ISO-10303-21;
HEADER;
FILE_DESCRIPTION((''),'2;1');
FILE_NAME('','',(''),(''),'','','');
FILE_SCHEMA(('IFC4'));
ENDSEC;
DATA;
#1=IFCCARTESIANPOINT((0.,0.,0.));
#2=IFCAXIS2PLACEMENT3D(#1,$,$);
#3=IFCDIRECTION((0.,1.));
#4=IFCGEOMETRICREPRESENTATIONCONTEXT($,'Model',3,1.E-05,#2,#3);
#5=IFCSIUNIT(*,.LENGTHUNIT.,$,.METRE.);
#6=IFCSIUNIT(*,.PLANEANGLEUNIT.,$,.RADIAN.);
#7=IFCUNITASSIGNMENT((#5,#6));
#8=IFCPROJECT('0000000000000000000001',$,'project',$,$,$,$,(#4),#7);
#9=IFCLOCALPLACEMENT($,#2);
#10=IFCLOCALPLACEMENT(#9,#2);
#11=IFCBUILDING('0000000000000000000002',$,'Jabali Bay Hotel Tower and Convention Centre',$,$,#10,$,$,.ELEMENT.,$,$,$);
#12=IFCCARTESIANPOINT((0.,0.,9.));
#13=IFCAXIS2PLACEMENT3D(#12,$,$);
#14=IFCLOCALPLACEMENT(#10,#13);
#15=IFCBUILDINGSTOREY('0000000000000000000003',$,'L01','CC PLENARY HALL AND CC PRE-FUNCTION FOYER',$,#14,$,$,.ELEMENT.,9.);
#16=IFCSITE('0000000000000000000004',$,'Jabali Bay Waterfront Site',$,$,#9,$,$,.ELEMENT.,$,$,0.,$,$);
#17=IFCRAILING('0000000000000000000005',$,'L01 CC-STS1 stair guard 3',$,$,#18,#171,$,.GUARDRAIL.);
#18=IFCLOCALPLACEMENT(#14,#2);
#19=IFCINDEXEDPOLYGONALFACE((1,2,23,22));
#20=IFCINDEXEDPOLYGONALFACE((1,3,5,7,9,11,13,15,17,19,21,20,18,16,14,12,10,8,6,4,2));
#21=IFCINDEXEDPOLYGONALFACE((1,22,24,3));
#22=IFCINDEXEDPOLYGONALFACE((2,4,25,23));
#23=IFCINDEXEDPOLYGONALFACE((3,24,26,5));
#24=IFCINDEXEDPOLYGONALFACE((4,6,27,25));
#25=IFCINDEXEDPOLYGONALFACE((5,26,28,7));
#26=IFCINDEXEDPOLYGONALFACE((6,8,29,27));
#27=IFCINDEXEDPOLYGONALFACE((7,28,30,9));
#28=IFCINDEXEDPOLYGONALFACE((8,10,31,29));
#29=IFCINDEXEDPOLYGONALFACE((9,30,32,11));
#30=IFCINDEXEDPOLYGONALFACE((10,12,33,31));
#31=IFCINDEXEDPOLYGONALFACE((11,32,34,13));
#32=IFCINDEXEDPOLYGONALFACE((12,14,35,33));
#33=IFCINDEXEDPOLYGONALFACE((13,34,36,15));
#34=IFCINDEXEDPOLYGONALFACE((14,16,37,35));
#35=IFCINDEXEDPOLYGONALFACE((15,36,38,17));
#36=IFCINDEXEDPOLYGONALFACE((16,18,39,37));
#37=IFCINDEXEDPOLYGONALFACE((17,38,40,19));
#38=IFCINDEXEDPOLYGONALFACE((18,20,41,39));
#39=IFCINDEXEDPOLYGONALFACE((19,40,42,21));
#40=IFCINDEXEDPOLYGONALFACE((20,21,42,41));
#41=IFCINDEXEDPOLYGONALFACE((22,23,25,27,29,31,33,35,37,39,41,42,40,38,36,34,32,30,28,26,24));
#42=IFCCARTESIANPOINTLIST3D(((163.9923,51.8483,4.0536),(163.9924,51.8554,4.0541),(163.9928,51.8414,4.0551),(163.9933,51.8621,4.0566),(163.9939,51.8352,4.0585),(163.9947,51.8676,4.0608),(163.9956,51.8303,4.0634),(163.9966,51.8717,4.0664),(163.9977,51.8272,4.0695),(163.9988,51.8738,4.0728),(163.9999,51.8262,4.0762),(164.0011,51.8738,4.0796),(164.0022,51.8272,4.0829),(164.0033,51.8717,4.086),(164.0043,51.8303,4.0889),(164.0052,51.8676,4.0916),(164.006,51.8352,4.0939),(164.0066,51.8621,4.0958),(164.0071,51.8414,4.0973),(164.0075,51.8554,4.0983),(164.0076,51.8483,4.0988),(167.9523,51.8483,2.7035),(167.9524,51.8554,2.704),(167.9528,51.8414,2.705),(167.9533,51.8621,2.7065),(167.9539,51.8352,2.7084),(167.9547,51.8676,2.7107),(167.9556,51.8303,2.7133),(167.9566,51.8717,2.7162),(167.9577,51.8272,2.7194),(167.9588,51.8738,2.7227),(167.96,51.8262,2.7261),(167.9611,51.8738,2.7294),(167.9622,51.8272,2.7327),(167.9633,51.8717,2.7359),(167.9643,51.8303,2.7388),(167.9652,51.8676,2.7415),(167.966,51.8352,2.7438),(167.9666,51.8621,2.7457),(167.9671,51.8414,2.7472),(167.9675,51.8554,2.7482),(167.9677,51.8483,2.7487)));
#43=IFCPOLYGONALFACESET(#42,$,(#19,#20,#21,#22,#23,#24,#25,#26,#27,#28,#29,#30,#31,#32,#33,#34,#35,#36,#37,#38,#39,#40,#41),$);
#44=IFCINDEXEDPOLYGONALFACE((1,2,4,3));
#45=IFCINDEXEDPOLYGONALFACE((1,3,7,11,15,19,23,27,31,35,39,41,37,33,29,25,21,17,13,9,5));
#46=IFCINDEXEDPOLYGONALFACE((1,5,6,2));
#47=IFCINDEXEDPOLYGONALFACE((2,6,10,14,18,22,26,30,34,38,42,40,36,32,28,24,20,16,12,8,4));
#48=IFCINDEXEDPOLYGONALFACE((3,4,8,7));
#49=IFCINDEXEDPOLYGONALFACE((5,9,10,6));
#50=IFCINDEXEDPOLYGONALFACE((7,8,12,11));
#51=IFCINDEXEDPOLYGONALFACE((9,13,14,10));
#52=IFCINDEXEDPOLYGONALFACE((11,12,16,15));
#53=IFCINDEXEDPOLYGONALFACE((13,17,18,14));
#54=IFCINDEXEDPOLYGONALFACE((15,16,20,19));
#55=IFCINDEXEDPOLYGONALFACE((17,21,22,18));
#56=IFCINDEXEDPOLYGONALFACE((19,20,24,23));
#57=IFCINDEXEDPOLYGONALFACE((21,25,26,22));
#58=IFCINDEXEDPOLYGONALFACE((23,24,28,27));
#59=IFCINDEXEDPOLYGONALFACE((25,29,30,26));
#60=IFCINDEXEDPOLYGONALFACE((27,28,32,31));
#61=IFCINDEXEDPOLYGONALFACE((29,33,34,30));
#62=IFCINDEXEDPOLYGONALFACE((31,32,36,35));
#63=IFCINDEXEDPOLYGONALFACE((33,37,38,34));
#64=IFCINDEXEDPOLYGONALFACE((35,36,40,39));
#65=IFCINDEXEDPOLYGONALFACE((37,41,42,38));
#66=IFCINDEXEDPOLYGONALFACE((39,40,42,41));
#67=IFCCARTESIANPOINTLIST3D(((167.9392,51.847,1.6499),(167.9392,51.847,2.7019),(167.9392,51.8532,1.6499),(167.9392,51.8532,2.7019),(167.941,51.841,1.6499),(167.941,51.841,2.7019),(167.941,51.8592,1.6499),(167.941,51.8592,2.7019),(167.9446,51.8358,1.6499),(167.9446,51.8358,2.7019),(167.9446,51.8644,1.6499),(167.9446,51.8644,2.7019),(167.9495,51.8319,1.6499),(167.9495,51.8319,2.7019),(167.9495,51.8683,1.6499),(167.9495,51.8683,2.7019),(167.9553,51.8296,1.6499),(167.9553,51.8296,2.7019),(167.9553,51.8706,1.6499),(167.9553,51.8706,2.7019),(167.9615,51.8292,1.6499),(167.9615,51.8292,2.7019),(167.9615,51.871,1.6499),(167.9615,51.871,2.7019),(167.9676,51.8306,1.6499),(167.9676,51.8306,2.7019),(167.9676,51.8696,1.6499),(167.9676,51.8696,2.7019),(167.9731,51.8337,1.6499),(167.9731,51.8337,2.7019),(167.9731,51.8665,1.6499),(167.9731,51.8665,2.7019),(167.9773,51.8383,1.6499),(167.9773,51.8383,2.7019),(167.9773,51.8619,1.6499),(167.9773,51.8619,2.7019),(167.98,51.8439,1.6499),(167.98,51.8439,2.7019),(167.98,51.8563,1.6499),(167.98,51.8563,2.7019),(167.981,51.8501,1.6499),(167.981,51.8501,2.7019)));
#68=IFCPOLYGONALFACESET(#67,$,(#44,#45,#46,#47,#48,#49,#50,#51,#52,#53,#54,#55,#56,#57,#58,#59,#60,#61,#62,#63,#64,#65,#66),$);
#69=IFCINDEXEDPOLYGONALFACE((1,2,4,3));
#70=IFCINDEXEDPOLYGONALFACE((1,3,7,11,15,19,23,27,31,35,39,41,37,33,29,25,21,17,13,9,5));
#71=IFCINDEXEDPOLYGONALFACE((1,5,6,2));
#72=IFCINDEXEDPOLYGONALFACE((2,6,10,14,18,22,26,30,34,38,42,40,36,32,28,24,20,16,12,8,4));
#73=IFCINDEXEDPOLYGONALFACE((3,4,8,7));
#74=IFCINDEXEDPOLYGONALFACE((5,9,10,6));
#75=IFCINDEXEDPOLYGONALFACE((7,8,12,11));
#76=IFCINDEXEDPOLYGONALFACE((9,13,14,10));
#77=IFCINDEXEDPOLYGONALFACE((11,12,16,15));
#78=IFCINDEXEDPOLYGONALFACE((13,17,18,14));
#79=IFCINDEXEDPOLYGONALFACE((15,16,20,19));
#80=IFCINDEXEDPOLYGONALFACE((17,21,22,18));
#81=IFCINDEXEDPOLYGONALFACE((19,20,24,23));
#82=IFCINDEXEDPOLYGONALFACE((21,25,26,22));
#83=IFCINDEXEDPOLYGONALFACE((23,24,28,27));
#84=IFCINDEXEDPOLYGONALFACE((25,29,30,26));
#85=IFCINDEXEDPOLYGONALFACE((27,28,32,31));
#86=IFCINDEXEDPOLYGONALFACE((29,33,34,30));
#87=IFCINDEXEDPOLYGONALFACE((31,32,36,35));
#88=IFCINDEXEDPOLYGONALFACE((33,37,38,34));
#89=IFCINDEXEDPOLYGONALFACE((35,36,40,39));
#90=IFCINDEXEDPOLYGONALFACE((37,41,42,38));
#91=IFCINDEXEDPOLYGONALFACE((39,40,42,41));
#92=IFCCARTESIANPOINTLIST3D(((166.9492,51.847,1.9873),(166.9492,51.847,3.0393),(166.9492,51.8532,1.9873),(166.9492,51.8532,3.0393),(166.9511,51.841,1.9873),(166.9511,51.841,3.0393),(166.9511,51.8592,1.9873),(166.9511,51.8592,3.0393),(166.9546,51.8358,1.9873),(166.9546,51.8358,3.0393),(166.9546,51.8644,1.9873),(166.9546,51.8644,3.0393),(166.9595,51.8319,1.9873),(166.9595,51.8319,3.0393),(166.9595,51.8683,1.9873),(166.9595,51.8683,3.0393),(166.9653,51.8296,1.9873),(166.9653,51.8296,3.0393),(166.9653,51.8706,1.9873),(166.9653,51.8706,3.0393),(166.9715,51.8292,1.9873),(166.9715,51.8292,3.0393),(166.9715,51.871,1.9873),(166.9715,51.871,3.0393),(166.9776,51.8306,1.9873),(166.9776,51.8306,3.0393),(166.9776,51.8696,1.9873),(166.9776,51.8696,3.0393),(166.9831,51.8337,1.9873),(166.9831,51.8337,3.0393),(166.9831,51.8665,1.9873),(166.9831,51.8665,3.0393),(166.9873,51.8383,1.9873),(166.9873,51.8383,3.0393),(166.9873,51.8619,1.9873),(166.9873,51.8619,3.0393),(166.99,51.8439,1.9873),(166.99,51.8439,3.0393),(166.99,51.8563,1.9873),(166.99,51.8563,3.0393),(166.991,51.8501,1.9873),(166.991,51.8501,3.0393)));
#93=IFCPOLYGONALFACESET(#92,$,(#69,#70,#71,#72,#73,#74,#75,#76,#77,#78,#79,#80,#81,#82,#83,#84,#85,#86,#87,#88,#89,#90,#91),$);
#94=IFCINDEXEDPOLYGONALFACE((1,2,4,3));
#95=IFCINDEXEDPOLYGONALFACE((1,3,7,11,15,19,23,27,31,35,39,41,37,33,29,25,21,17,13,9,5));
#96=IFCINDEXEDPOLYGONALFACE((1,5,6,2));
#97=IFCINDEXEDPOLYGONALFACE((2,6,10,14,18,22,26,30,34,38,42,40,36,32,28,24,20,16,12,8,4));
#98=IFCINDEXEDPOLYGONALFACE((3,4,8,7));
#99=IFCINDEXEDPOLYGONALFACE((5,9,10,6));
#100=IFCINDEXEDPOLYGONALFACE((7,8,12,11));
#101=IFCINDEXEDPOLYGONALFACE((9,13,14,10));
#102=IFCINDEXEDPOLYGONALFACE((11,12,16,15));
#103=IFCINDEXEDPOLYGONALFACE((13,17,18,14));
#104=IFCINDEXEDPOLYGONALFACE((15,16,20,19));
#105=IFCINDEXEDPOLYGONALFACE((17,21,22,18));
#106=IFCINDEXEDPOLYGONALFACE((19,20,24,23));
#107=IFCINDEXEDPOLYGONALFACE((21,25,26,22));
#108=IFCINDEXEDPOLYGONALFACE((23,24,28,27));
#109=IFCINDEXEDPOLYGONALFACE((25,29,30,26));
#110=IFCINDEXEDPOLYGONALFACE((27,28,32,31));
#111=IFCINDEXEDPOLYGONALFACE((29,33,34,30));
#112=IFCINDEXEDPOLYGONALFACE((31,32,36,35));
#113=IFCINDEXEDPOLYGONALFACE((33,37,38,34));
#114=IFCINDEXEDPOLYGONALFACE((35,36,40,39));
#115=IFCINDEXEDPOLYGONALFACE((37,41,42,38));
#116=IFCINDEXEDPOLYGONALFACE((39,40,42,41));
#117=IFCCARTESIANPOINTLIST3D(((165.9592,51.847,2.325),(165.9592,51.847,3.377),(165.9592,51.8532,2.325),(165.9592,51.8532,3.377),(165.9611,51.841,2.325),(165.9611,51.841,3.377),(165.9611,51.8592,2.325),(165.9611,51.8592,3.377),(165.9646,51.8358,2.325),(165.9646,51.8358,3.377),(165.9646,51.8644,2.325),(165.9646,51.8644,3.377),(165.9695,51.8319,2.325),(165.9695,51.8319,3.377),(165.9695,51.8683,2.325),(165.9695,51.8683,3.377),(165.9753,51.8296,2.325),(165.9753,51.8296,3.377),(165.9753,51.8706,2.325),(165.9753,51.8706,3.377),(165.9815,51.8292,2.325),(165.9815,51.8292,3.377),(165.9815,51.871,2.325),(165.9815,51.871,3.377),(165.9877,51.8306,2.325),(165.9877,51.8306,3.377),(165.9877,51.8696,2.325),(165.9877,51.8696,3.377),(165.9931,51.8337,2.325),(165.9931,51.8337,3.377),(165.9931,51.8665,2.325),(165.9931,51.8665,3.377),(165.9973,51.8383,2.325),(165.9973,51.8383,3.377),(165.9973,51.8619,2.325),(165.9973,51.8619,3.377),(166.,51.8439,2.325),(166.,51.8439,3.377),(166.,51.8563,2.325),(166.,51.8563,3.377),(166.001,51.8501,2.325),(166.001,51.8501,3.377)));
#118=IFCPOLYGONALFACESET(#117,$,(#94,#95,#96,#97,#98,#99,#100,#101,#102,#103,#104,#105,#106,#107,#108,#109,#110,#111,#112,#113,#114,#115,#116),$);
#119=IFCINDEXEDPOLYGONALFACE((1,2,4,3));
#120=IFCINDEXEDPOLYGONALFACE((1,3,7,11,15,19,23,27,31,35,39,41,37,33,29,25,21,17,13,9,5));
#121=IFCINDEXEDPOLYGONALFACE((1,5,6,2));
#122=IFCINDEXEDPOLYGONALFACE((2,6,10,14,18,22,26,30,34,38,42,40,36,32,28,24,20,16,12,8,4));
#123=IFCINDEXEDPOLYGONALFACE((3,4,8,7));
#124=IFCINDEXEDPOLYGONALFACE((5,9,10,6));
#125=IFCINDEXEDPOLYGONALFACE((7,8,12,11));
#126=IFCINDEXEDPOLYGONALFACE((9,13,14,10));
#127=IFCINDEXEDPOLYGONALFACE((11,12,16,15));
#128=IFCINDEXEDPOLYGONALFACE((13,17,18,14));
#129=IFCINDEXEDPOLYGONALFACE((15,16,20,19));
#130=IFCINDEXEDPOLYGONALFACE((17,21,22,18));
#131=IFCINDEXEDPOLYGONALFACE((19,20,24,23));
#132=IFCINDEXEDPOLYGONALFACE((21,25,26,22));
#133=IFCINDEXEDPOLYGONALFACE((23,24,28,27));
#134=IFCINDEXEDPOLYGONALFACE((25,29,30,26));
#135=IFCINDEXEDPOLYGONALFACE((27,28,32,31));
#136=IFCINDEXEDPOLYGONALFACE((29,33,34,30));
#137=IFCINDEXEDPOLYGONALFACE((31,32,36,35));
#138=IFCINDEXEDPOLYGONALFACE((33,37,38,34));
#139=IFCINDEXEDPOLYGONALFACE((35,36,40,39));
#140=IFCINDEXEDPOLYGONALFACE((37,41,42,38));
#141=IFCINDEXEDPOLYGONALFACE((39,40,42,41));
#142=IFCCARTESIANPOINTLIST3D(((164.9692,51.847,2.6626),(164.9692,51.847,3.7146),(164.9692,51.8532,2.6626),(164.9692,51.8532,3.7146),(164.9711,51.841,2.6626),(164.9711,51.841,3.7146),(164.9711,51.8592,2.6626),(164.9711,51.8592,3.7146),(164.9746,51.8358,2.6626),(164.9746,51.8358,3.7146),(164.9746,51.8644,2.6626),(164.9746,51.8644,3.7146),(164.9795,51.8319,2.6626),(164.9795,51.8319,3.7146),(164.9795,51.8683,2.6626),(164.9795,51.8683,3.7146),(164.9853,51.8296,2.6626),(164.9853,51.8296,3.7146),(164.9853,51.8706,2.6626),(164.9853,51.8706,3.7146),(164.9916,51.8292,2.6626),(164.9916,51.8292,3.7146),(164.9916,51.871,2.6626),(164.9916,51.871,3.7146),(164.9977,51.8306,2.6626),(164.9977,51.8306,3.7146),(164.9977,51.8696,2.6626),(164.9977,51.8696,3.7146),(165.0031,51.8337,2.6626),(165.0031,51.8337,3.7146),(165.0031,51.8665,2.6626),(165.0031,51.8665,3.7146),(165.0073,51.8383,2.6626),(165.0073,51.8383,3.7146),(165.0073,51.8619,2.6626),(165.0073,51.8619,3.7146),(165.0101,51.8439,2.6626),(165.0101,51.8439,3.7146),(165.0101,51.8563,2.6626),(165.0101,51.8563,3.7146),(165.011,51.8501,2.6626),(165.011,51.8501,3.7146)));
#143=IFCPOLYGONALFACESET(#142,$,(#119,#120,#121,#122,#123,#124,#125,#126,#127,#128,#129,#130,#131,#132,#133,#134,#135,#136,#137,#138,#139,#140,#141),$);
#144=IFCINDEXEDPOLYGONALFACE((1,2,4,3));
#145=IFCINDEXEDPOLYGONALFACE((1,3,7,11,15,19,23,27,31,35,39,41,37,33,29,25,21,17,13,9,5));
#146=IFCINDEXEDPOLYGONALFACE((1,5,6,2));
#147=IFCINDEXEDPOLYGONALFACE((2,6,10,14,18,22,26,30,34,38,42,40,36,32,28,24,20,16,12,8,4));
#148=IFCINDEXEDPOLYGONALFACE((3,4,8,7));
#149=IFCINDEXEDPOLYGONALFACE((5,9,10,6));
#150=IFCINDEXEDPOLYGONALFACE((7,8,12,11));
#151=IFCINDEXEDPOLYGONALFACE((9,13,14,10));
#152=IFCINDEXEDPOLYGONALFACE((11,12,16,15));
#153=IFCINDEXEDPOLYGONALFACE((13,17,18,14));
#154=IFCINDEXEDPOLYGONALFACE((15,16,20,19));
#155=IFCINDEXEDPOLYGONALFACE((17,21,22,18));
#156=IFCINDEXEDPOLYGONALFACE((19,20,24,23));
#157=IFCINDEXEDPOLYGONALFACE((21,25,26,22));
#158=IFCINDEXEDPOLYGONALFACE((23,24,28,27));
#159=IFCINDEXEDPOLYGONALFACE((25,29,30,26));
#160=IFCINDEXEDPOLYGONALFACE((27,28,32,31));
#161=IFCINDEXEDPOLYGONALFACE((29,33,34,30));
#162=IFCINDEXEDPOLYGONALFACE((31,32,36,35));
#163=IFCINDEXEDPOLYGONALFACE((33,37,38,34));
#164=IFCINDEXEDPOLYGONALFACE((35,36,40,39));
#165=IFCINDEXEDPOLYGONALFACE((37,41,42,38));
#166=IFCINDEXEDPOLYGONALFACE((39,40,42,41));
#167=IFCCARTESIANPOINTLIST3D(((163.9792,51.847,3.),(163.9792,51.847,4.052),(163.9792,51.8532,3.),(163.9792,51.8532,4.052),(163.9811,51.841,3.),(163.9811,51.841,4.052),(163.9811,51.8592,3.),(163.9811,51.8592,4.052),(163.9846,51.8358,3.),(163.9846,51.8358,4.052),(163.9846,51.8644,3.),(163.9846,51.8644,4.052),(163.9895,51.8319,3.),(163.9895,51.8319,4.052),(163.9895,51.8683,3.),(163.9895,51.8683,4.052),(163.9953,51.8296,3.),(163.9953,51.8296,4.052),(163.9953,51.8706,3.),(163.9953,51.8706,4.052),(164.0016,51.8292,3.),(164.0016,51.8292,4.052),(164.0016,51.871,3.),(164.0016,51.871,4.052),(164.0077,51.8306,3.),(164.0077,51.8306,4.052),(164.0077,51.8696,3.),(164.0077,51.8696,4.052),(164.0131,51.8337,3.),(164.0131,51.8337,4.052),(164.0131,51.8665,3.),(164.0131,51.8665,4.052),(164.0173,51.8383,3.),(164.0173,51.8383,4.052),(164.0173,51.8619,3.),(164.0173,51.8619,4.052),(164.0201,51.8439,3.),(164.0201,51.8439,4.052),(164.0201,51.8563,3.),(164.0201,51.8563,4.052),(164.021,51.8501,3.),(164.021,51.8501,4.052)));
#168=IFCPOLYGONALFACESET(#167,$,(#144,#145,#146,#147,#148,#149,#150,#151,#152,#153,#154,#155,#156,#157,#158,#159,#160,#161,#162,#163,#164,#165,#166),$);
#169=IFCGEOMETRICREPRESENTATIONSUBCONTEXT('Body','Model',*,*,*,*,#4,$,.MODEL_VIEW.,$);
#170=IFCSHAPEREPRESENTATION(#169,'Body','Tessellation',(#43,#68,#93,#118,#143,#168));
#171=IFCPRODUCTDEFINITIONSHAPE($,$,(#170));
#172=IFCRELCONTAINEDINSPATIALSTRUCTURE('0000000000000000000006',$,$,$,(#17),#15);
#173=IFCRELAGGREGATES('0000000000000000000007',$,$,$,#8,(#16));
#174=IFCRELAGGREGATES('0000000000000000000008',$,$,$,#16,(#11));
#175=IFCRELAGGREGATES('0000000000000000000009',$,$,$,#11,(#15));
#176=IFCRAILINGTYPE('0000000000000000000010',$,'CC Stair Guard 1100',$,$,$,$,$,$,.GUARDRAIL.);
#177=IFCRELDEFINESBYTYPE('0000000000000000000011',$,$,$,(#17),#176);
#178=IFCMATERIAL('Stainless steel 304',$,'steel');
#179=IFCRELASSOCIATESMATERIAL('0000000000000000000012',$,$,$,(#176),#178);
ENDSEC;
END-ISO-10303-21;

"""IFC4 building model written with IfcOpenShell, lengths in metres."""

from ifc_helpers import new_model, si_unit, direction, frame, origin, origin_2d, place, context, subcontext, project, spatial, circle, extrude, material, type_object, element, save


model = new_model("IFC4")

# Units and contexts
model_context = context("Model", 3, precision=1e-05, world=origin(), true_north=direction((0.0, 1.0)))
body_context = subcontext(model_context, "Body", "Model", "MODEL_VIEW")
ifc_project = project(units=[si_unit("LENGTHUNIT", "METRE"), si_unit("PLANEANGLEUNIT", "RADIAN")], contexts=[model_context])

# Site, building, storey
site_placement = place(None, origin())
site = spatial("IfcSite", under=ifc_project, at=site_placement, Name="Jabali Bay Waterfront Site", CompositionType="ELEMENT", RefElevation=0.0)
building_placement = place(site_placement, origin())
building = spatial("IfcBuilding", under=site, at=building_placement, Name="Jabali Bay Hotel Tower and Convention Centre", CompositionType="ELEMENT")
storey_placement = place(building_placement, frame((0.0, 0.0, 9.0)))
storey = spatial("IfcBuildingStorey", under=building, at=storey_placement, Name="L01", Description="CC PLENARY HALL AND CC PRE-FUNCTION FOYER", CompositionType="ELEMENT", Elevation=9.0)

# Railing
ifc_material_1 = material(Name="Stainless steel 304", Category="steel")
railing_type_1 = type_object("IfcRailingType", Name="CC Stair Guard 1100", PredefinedType="GUARDRAIL", material=ifc_material_1)
railing_1_placement = place(storey_placement, frame((167.96, 51.8501, 1.6499)))
element("IfcRailing", 1, at=railing_1_placement, inside=storey, type_object=railing_type_1, Name="L01 CC-STS1 stair guard 3", PredefinedType="GUARDRAIL", context=body_context, shape_type="SweptSolid", body=[
    extrude(circle(Radius=0.0239, at=origin_2d()), frame((0.0, 0.0, 1.0762), z_axis=(-0.946502, 0.0, 0.322698), x_axis=(0.0, -1.0, 0.0)), (0.0, 0.0, 1.0), 4.1838),
    extrude(circle(Radius=0.021, at=origin_2d()), origin(), (0.0, 0.0, 1.0), 1.052),
    extrude(circle(Radius=0.021, at=origin_2d()), frame((-0.99, 0.0, 0.3374)), (0.0, 0.0, 1.0), 1.052),
    extrude(circle(Radius=0.021, at=origin_2d()), frame((-1.98, 0.0, 0.675)), (0.0, 0.0, 1.0), 1.052),
    extrude(circle(Radius=0.021, at=origin_2d()), frame((-2.97, 0.0, 1.0127)), (0.0, 0.0, 1.0), 1.052),
    extrude(circle(Radius=0.021, at=origin_2d()), frame((-3.96, 0.0, 1.3501)), (0.0, 0.0, 1.0), 1.052),
])

save(model, "model.ifc")
